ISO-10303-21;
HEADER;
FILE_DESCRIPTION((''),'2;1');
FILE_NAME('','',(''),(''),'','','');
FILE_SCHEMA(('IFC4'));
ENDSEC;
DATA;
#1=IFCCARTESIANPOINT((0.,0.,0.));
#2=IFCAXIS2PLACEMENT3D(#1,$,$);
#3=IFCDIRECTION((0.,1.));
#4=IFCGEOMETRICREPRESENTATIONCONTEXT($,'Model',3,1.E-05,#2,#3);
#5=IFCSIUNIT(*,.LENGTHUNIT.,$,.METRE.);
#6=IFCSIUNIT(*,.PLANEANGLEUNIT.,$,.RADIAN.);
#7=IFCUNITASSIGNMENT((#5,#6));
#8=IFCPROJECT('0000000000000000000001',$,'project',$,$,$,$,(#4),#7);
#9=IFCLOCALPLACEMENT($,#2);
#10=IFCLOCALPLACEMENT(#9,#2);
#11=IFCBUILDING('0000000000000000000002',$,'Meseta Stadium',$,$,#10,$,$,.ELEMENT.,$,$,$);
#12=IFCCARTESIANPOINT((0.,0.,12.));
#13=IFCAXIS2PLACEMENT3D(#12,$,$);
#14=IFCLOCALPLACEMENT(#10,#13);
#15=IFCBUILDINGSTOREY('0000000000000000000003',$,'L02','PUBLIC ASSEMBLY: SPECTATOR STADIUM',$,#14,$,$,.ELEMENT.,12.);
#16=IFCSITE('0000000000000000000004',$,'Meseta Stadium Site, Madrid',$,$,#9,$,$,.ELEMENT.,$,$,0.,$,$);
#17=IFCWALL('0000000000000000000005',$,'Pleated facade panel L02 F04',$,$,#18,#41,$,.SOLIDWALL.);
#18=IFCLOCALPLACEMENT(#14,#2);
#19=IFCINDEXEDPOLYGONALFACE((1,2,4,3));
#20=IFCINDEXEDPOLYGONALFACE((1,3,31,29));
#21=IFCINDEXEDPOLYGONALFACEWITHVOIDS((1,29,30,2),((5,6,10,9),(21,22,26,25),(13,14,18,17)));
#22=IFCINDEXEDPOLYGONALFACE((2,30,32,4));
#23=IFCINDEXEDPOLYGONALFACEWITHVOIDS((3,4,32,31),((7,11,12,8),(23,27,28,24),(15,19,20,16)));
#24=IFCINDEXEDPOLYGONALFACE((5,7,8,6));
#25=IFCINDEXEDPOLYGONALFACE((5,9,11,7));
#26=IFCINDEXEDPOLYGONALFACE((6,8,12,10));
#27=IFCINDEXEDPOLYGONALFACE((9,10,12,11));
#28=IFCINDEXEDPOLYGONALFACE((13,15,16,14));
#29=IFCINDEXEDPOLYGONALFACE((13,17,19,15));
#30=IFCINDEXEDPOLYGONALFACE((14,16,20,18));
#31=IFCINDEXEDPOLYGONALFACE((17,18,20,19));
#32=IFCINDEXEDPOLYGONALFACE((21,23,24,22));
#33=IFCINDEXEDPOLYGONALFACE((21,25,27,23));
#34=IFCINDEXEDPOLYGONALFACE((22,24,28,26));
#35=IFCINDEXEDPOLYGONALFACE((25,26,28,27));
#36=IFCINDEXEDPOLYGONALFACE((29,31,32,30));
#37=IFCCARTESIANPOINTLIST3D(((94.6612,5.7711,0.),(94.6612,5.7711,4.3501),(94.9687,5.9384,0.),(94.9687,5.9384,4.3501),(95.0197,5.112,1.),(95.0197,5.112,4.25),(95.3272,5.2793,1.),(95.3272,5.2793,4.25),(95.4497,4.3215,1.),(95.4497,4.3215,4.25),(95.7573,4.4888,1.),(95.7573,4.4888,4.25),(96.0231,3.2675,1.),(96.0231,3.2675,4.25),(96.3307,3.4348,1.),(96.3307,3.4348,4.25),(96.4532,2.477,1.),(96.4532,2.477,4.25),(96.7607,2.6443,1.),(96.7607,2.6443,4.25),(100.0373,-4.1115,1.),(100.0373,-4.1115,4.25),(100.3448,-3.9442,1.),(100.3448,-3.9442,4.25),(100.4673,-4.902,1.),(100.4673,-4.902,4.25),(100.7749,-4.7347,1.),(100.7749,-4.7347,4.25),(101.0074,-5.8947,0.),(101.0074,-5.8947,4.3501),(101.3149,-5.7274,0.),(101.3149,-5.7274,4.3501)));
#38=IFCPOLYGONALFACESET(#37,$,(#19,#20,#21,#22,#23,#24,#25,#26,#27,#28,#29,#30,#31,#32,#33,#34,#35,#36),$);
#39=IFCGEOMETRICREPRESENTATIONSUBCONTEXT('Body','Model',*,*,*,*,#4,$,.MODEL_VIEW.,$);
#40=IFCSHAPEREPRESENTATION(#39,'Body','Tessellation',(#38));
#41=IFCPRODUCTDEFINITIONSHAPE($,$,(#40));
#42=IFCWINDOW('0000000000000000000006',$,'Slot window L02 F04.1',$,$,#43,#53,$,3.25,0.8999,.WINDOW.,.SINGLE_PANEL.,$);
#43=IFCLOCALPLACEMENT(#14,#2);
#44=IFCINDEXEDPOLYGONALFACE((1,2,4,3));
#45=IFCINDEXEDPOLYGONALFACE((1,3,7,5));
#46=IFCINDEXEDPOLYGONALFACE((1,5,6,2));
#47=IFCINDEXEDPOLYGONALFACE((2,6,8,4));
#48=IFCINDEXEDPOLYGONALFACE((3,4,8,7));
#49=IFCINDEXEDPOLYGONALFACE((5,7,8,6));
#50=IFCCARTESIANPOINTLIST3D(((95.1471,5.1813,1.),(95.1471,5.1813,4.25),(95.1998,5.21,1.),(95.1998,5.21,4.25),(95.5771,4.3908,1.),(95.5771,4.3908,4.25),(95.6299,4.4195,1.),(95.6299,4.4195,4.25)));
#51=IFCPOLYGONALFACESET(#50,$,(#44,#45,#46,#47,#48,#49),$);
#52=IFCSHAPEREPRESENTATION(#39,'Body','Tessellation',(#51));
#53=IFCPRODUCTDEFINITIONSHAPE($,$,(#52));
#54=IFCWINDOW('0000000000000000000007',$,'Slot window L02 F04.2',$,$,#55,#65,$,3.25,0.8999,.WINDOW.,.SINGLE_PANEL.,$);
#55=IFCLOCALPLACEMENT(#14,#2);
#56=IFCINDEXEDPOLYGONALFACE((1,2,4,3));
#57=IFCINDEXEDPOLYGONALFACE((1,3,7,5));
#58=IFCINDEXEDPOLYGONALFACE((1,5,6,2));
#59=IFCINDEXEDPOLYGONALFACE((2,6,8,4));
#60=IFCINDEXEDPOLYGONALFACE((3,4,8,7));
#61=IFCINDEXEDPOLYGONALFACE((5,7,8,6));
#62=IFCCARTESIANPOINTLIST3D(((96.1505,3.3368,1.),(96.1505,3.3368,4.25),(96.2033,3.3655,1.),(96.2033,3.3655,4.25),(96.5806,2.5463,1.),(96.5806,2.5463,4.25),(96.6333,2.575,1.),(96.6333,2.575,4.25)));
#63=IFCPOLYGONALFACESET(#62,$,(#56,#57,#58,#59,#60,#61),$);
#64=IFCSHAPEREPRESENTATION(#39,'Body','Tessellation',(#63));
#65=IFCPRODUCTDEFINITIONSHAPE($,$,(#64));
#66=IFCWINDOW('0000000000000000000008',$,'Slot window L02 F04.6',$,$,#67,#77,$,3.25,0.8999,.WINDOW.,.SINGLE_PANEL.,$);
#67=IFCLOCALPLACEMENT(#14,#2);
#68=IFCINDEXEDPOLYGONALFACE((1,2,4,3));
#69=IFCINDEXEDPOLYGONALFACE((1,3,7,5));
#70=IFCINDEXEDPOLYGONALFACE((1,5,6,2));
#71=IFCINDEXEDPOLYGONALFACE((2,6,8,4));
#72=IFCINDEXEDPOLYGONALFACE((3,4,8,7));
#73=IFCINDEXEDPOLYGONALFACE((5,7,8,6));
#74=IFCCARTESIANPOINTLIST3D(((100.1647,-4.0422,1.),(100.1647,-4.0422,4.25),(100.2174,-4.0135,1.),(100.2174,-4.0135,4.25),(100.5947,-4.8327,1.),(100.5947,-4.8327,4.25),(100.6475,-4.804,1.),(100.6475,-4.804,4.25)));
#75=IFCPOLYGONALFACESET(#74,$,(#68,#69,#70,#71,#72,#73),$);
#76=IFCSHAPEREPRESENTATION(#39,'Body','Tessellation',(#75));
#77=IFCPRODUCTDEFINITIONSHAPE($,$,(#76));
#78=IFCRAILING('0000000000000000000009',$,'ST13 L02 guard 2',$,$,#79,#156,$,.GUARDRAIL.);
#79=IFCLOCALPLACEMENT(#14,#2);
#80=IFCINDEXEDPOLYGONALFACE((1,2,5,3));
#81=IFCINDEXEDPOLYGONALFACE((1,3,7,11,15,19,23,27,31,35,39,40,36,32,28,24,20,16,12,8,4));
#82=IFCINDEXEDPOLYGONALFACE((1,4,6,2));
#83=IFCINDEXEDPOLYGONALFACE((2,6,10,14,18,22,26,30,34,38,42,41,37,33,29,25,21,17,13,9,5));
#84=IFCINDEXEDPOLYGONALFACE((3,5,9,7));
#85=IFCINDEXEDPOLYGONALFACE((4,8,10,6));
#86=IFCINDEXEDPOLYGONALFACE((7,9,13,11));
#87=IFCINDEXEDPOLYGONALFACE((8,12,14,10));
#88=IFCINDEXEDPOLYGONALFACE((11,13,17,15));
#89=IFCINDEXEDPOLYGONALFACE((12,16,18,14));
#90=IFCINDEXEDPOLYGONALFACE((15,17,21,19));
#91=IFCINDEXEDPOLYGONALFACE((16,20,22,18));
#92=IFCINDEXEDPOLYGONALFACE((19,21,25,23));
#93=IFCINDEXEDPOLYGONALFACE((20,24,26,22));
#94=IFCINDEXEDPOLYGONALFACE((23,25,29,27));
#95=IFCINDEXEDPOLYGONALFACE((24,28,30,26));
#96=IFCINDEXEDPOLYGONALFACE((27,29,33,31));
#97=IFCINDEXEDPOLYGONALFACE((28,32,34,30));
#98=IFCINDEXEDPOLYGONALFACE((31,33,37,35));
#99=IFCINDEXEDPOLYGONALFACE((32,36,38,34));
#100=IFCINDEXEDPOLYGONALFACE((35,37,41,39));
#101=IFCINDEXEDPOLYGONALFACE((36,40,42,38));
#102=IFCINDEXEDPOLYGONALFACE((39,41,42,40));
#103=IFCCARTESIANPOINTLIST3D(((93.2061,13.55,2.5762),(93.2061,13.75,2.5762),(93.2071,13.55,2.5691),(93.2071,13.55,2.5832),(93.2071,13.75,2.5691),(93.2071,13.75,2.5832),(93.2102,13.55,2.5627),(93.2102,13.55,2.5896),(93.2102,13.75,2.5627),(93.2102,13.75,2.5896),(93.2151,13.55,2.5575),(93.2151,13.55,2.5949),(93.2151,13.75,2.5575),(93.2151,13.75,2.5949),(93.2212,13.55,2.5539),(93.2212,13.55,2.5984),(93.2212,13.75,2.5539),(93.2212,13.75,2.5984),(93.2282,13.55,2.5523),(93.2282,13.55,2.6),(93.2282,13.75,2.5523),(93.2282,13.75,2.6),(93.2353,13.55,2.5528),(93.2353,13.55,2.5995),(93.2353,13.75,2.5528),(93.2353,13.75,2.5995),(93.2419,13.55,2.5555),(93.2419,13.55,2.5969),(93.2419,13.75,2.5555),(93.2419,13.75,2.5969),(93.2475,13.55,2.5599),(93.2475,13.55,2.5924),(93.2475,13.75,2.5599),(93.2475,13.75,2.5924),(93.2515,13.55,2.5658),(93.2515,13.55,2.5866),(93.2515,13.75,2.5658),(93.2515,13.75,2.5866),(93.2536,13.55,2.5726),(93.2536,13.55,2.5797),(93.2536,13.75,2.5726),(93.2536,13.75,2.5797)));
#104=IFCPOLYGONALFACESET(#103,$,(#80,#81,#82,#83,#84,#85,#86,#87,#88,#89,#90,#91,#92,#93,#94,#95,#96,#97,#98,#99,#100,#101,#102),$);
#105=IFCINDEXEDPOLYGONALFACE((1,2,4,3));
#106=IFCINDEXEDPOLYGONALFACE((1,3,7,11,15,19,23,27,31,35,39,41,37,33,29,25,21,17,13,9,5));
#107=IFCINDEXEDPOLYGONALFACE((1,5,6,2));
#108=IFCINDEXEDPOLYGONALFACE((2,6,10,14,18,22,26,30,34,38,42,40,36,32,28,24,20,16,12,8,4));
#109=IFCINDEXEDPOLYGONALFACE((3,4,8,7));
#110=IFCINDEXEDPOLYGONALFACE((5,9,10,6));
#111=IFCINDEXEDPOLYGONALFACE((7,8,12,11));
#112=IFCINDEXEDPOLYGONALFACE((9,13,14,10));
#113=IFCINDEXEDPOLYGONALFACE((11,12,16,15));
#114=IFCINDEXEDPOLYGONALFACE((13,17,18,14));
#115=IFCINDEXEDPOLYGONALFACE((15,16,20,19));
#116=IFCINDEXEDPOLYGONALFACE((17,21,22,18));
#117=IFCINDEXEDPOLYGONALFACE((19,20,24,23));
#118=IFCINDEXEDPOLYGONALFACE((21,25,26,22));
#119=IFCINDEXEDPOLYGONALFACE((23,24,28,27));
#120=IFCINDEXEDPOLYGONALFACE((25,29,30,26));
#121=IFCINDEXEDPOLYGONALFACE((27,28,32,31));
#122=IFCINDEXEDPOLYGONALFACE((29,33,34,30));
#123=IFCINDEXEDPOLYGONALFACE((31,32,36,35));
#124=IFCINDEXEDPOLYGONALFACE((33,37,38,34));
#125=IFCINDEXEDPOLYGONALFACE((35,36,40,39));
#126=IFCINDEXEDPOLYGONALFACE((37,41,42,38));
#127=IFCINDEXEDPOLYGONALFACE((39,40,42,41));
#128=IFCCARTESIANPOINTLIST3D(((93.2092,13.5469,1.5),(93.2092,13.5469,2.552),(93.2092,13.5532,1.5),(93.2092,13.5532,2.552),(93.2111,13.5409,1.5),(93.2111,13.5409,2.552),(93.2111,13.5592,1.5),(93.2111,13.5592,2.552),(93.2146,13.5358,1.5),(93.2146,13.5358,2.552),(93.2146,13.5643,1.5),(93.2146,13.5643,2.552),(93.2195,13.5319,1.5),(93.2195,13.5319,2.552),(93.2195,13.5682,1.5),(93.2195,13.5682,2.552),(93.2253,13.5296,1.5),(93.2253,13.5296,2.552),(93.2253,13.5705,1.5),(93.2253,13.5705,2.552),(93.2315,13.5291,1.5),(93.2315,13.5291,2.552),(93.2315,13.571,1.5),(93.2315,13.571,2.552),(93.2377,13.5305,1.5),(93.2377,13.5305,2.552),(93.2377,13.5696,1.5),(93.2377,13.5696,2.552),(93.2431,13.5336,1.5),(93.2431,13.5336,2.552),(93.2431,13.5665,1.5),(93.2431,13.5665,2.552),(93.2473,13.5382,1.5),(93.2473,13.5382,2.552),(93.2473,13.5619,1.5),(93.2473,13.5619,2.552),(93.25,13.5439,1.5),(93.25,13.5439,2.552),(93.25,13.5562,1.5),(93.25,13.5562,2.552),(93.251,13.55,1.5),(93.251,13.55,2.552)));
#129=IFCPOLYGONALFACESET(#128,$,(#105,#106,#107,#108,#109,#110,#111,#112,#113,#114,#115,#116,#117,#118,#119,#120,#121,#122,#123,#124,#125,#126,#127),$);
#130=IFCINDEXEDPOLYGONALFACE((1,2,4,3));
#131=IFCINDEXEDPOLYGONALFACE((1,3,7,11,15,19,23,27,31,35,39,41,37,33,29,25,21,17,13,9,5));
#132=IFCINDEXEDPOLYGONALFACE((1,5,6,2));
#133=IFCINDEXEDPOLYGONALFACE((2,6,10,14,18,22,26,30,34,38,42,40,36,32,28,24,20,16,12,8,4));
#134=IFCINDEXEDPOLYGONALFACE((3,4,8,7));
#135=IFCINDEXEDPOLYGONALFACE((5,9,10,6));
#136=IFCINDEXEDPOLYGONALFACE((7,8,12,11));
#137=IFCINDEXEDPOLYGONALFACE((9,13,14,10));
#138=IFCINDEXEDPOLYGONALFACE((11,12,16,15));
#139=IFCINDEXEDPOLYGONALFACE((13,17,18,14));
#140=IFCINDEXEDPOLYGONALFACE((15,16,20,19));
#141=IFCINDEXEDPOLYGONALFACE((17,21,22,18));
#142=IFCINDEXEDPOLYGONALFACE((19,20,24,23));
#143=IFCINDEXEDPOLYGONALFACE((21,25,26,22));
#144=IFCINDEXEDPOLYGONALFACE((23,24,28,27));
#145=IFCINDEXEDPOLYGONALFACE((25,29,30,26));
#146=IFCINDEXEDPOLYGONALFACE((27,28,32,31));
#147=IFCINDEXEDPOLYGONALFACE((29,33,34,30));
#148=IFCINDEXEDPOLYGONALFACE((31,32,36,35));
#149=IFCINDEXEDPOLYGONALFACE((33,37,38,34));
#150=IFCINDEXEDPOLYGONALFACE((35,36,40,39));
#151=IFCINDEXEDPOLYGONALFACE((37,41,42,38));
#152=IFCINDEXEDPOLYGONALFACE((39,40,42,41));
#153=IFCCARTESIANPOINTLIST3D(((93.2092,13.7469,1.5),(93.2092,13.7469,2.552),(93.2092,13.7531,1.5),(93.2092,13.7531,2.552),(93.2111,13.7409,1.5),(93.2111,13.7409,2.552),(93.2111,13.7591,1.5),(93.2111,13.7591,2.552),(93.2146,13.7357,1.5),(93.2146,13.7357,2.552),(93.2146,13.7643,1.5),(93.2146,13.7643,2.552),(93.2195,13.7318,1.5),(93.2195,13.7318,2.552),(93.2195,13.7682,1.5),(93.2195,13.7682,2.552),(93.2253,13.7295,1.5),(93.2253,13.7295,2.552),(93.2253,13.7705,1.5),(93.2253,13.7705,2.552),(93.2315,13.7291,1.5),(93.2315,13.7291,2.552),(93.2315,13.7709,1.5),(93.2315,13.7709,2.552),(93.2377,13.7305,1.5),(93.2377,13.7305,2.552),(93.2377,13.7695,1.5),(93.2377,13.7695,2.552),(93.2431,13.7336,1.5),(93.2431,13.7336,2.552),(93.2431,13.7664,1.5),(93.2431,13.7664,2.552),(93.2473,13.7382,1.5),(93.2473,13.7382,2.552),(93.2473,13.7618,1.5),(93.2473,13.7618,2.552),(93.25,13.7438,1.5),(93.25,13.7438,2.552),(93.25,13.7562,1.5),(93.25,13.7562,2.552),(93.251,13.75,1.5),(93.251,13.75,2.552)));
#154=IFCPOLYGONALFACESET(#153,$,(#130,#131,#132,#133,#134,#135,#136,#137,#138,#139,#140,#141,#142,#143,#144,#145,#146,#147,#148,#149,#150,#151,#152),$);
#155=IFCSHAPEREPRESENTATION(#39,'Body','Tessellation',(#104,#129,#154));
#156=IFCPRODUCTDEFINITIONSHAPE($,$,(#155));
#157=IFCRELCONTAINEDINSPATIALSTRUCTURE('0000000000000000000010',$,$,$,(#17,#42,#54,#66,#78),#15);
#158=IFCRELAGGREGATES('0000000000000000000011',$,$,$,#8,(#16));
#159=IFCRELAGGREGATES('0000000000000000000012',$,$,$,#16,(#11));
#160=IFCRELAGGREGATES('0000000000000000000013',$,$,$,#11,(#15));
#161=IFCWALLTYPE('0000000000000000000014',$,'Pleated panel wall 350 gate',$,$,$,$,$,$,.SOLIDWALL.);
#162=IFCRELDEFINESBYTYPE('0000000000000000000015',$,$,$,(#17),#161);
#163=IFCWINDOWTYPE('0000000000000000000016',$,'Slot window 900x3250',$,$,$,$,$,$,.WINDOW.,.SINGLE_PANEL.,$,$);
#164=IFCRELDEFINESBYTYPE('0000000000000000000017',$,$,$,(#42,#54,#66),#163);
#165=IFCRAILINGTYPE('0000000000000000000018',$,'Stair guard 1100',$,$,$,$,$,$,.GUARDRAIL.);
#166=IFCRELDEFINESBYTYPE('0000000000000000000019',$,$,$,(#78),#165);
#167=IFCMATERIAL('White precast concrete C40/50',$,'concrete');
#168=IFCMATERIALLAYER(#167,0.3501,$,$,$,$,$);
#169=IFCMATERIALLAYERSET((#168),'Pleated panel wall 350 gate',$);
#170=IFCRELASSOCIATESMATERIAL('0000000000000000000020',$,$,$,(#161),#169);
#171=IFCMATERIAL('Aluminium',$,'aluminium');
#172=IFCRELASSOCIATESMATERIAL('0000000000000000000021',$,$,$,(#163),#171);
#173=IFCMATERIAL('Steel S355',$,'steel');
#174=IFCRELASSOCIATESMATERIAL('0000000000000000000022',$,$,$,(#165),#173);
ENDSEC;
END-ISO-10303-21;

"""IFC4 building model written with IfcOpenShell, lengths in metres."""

from ifc_helpers import new_model, si_unit, direction, frame, frame_2d, origin, origin_2d, place, context, subcontext, project, spatial, rectangle, circle, extrude, material, layer, layer_set, type_object, element, fill, save


model = new_model("IFC4")

# Units and contexts
model_context = context("Model", 3, precision=1e-05, world=origin(), true_north=direction((0.0, 1.0)))
body_context = subcontext(model_context, "Body", "Model", "MODEL_VIEW")
ifc_project = project(units=[si_unit("LENGTHUNIT", "METRE"), si_unit("PLANEANGLEUNIT", "RADIAN")], contexts=[model_context])

# Site, building, storey
site_placement = place(None, origin())
site = spatial("IfcSite", under=ifc_project, at=site_placement, Name="Meseta Stadium Site, Madrid", CompositionType="ELEMENT", RefElevation=0.0)
building_placement = place(site_placement, origin())
building = spatial("IfcBuilding", under=site, at=building_placement, Name="Meseta Stadium", CompositionType="ELEMENT")
storey_placement = place(building_placement, frame((0.0, 0.0, 12.0)))
storey = spatial("IfcBuildingStorey", under=building, at=storey_placement, Name="L02", Description="PUBLIC ASSEMBLY: SPECTATOR STADIUM", CompositionType="ELEMENT", Elevation=12.0)

# Wall, openings, windows
ifc_material_1 = material(Name="White precast concrete C40/50", Category="concrete")
ifc_layer_1 = layer(ifc_material_1, 0.3501)
ifc_layer_set_1 = layer_set([ifc_layer_1], Name="Pleated panel wall 350 gate")
wall_type_1 = type_object("IfcWallType", Name="Pleated panel wall 350 gate", PredefinedType="SOLIDWALL", material=ifc_layer_set_1)
wall_1_placement = place(storey_placement, frame((94.8149, 5.8547, 0.0), z_axis=(0.0, 0.0, 1.0), x_axis=(0.477868, -0.878432, 0.0)))
wall_1 = element("IfcWall", 1, at=wall_1_placement, inside=storey, type_object=wall_type_1, Name="Pleated facade panel L02 F04", PredefinedType="SOLIDWALL", context=body_context, shape_type="SweptSolid", body=[
    extrude(rectangle(XDim=13.2803, YDim=0.3501, at=frame_2d((6.6401, 0.0))), origin(), (0.0, 0.0, 1.0), 4.3501),
])
opening_1_placement = place(wall_1_placement, frame((0.7502, 0.0, 1.0)))
opening_1 = element("IfcOpeningElement", 2, at=opening_1_placement, cuts=wall_1, PredefinedType="OPENING", context=body_context, shape_type="SweptSolid", body=[
    extrude(rectangle(XDim=0.8999, YDim=3.25, at=frame_2d((0.45, 1.625))), frame((0.0, 0.1851, 0.0), z_axis=(0.0, -1.0, 0.0), x_axis=(1.0, 0.0, 0.0)), (0.0, 0.0, 1.0), 0.3701),
])
opening_2_placement = place(wall_1_placement, frame((2.8501, 0.0, 1.0)))
opening_2 = element("IfcOpeningElement", 3, at=opening_2_placement, cuts=wall_1, PredefinedType="OPENING", context=body_context, shape_type="SweptSolid", body=[
    extrude(rectangle(XDim=0.8999, YDim=3.25, at=frame_2d((0.45, 1.625))), frame((0.0, 0.1851, 0.0), z_axis=(0.0, -1.0, 0.0), x_axis=(1.0, 0.0, 0.0)), (0.0, 0.0, 1.0), 0.3701),
])
opening_3_placement = place(wall_1_placement, frame((11.2502, 0.0, 1.0)))
opening_3 = element("IfcOpeningElement", 4, at=opening_3_placement, cuts=wall_1, PredefinedType="OPENING", context=body_context, shape_type="SweptSolid", body=[
    extrude(rectangle(XDim=0.8999, YDim=3.25, at=frame_2d((0.45, 1.625))), frame((0.0, 0.1851, 0.0), z_axis=(0.0, -1.0, 0.0), x_axis=(1.0, 0.0, 0.0)), (0.0, 0.0, 1.0), 0.3701),
])
ifc_material_2 = material(Name="Aluminium", Category="aluminium")
window_type = type_object("IfcWindowType", Name="Slot window 900x3250", PartitioningType="SINGLE_PANEL", PredefinedType="WINDOW", material=ifc_material_2)
window_1_placement = place(opening_1_placement, origin())
window_1 = element("IfcWindow", 5, at=window_1_placement, inside=storey, type_object=window_type, Name="Slot window L02 F04.1", OverallHeight=3.25, OverallWidth=0.8999, PartitioningType="SINGLE_PANEL", PredefinedType="WINDOW", context=body_context, shape_type="SweptSolid", body=[
    extrude(rectangle(XDim=0.8999, YDim=3.25, at=frame_2d((0.45, 1.625))), frame((0.0, 0.03, 0.0), z_axis=(0.0, -1.0, 0.0), x_axis=(1.0, 0.0, 0.0)), (0.0, 0.0, 1.0), 0.0601),
])
fill(opening_1, window_1)
window_2_placement = place(opening_2_placement, origin())
window_2 = element("IfcWindow", 6, at=window_2_placement, inside=storey, type_object=window_type, Name="Slot window L02 F04.2", OverallHeight=3.25, OverallWidth=0.8999, PartitioningType="SINGLE_PANEL", PredefinedType="WINDOW", context=body_context, shape_type="SweptSolid", body=[
    extrude(rectangle(XDim=0.8999, YDim=3.25, at=frame_2d((0.45, 1.625))), frame((0.0, 0.03, 0.0), z_axis=(0.0, -1.0, 0.0), x_axis=(1.0, 0.0, 0.0)), (0.0, 0.0, 1.0), 0.0601),
])
fill(opening_2, window_2)
window_3_placement = place(opening_3_placement, origin())
window_3 = element("IfcWindow", 7, at=window_3_placement, inside=storey, type_object=window_type, Name="Slot window L02 F04.6", OverallHeight=3.25, OverallWidth=0.8999, PartitioningType="SINGLE_PANEL", PredefinedType="WINDOW", context=body_context, shape_type="SweptSolid", body=[
    extrude(rectangle(XDim=0.8999, YDim=3.25, at=frame_2d((0.45, 1.625))), frame((0.0, 0.03, 0.0), z_axis=(0.0, -1.0, 0.0), x_axis=(1.0, 0.0, 0.0)), (0.0, 0.0, 1.0), 0.0601),
])
fill(opening_3, window_3)

# Railing
ifc_material_3 = material(Name="Steel S355", Category="steel")
railing_type_1 = type_object("IfcRailingType", Name="Stair guard 1100", PredefinedType="GUARDRAIL", material=ifc_material_3)
for number, where, name in (
    (8, (93.23, 13.55, 1.5), "ST13 L02 guard 2"),
):
    element("IfcRailing", number, at=place(storey_placement, frame(where)), inside=storey, type_object=railing_type_1, Name=name, PredefinedType="GUARDRAIL", context=body_context, shape_type="SweptSolid", body=[
        extrude(circle(Radius=0.0239, at=origin_2d()), frame((0.0, 0.0, 1.0762), z_axis=(0.0, 1.0, 0.0), x_axis=(-1.0, 0.0, 0.0)), (0.0, 0.0, 1.0), 0.2),
        extrude(circle(Radius=0.021, at=origin_2d()), origin(), (0.0, 0.0, 1.0), 1.052),
        extrude(circle(Radius=0.021, at=origin_2d()), frame((0.0, 0.2, 0.0)), (0.0, 0.0, 1.0), 1.052),
    ])

save(model, "model.ifc")
